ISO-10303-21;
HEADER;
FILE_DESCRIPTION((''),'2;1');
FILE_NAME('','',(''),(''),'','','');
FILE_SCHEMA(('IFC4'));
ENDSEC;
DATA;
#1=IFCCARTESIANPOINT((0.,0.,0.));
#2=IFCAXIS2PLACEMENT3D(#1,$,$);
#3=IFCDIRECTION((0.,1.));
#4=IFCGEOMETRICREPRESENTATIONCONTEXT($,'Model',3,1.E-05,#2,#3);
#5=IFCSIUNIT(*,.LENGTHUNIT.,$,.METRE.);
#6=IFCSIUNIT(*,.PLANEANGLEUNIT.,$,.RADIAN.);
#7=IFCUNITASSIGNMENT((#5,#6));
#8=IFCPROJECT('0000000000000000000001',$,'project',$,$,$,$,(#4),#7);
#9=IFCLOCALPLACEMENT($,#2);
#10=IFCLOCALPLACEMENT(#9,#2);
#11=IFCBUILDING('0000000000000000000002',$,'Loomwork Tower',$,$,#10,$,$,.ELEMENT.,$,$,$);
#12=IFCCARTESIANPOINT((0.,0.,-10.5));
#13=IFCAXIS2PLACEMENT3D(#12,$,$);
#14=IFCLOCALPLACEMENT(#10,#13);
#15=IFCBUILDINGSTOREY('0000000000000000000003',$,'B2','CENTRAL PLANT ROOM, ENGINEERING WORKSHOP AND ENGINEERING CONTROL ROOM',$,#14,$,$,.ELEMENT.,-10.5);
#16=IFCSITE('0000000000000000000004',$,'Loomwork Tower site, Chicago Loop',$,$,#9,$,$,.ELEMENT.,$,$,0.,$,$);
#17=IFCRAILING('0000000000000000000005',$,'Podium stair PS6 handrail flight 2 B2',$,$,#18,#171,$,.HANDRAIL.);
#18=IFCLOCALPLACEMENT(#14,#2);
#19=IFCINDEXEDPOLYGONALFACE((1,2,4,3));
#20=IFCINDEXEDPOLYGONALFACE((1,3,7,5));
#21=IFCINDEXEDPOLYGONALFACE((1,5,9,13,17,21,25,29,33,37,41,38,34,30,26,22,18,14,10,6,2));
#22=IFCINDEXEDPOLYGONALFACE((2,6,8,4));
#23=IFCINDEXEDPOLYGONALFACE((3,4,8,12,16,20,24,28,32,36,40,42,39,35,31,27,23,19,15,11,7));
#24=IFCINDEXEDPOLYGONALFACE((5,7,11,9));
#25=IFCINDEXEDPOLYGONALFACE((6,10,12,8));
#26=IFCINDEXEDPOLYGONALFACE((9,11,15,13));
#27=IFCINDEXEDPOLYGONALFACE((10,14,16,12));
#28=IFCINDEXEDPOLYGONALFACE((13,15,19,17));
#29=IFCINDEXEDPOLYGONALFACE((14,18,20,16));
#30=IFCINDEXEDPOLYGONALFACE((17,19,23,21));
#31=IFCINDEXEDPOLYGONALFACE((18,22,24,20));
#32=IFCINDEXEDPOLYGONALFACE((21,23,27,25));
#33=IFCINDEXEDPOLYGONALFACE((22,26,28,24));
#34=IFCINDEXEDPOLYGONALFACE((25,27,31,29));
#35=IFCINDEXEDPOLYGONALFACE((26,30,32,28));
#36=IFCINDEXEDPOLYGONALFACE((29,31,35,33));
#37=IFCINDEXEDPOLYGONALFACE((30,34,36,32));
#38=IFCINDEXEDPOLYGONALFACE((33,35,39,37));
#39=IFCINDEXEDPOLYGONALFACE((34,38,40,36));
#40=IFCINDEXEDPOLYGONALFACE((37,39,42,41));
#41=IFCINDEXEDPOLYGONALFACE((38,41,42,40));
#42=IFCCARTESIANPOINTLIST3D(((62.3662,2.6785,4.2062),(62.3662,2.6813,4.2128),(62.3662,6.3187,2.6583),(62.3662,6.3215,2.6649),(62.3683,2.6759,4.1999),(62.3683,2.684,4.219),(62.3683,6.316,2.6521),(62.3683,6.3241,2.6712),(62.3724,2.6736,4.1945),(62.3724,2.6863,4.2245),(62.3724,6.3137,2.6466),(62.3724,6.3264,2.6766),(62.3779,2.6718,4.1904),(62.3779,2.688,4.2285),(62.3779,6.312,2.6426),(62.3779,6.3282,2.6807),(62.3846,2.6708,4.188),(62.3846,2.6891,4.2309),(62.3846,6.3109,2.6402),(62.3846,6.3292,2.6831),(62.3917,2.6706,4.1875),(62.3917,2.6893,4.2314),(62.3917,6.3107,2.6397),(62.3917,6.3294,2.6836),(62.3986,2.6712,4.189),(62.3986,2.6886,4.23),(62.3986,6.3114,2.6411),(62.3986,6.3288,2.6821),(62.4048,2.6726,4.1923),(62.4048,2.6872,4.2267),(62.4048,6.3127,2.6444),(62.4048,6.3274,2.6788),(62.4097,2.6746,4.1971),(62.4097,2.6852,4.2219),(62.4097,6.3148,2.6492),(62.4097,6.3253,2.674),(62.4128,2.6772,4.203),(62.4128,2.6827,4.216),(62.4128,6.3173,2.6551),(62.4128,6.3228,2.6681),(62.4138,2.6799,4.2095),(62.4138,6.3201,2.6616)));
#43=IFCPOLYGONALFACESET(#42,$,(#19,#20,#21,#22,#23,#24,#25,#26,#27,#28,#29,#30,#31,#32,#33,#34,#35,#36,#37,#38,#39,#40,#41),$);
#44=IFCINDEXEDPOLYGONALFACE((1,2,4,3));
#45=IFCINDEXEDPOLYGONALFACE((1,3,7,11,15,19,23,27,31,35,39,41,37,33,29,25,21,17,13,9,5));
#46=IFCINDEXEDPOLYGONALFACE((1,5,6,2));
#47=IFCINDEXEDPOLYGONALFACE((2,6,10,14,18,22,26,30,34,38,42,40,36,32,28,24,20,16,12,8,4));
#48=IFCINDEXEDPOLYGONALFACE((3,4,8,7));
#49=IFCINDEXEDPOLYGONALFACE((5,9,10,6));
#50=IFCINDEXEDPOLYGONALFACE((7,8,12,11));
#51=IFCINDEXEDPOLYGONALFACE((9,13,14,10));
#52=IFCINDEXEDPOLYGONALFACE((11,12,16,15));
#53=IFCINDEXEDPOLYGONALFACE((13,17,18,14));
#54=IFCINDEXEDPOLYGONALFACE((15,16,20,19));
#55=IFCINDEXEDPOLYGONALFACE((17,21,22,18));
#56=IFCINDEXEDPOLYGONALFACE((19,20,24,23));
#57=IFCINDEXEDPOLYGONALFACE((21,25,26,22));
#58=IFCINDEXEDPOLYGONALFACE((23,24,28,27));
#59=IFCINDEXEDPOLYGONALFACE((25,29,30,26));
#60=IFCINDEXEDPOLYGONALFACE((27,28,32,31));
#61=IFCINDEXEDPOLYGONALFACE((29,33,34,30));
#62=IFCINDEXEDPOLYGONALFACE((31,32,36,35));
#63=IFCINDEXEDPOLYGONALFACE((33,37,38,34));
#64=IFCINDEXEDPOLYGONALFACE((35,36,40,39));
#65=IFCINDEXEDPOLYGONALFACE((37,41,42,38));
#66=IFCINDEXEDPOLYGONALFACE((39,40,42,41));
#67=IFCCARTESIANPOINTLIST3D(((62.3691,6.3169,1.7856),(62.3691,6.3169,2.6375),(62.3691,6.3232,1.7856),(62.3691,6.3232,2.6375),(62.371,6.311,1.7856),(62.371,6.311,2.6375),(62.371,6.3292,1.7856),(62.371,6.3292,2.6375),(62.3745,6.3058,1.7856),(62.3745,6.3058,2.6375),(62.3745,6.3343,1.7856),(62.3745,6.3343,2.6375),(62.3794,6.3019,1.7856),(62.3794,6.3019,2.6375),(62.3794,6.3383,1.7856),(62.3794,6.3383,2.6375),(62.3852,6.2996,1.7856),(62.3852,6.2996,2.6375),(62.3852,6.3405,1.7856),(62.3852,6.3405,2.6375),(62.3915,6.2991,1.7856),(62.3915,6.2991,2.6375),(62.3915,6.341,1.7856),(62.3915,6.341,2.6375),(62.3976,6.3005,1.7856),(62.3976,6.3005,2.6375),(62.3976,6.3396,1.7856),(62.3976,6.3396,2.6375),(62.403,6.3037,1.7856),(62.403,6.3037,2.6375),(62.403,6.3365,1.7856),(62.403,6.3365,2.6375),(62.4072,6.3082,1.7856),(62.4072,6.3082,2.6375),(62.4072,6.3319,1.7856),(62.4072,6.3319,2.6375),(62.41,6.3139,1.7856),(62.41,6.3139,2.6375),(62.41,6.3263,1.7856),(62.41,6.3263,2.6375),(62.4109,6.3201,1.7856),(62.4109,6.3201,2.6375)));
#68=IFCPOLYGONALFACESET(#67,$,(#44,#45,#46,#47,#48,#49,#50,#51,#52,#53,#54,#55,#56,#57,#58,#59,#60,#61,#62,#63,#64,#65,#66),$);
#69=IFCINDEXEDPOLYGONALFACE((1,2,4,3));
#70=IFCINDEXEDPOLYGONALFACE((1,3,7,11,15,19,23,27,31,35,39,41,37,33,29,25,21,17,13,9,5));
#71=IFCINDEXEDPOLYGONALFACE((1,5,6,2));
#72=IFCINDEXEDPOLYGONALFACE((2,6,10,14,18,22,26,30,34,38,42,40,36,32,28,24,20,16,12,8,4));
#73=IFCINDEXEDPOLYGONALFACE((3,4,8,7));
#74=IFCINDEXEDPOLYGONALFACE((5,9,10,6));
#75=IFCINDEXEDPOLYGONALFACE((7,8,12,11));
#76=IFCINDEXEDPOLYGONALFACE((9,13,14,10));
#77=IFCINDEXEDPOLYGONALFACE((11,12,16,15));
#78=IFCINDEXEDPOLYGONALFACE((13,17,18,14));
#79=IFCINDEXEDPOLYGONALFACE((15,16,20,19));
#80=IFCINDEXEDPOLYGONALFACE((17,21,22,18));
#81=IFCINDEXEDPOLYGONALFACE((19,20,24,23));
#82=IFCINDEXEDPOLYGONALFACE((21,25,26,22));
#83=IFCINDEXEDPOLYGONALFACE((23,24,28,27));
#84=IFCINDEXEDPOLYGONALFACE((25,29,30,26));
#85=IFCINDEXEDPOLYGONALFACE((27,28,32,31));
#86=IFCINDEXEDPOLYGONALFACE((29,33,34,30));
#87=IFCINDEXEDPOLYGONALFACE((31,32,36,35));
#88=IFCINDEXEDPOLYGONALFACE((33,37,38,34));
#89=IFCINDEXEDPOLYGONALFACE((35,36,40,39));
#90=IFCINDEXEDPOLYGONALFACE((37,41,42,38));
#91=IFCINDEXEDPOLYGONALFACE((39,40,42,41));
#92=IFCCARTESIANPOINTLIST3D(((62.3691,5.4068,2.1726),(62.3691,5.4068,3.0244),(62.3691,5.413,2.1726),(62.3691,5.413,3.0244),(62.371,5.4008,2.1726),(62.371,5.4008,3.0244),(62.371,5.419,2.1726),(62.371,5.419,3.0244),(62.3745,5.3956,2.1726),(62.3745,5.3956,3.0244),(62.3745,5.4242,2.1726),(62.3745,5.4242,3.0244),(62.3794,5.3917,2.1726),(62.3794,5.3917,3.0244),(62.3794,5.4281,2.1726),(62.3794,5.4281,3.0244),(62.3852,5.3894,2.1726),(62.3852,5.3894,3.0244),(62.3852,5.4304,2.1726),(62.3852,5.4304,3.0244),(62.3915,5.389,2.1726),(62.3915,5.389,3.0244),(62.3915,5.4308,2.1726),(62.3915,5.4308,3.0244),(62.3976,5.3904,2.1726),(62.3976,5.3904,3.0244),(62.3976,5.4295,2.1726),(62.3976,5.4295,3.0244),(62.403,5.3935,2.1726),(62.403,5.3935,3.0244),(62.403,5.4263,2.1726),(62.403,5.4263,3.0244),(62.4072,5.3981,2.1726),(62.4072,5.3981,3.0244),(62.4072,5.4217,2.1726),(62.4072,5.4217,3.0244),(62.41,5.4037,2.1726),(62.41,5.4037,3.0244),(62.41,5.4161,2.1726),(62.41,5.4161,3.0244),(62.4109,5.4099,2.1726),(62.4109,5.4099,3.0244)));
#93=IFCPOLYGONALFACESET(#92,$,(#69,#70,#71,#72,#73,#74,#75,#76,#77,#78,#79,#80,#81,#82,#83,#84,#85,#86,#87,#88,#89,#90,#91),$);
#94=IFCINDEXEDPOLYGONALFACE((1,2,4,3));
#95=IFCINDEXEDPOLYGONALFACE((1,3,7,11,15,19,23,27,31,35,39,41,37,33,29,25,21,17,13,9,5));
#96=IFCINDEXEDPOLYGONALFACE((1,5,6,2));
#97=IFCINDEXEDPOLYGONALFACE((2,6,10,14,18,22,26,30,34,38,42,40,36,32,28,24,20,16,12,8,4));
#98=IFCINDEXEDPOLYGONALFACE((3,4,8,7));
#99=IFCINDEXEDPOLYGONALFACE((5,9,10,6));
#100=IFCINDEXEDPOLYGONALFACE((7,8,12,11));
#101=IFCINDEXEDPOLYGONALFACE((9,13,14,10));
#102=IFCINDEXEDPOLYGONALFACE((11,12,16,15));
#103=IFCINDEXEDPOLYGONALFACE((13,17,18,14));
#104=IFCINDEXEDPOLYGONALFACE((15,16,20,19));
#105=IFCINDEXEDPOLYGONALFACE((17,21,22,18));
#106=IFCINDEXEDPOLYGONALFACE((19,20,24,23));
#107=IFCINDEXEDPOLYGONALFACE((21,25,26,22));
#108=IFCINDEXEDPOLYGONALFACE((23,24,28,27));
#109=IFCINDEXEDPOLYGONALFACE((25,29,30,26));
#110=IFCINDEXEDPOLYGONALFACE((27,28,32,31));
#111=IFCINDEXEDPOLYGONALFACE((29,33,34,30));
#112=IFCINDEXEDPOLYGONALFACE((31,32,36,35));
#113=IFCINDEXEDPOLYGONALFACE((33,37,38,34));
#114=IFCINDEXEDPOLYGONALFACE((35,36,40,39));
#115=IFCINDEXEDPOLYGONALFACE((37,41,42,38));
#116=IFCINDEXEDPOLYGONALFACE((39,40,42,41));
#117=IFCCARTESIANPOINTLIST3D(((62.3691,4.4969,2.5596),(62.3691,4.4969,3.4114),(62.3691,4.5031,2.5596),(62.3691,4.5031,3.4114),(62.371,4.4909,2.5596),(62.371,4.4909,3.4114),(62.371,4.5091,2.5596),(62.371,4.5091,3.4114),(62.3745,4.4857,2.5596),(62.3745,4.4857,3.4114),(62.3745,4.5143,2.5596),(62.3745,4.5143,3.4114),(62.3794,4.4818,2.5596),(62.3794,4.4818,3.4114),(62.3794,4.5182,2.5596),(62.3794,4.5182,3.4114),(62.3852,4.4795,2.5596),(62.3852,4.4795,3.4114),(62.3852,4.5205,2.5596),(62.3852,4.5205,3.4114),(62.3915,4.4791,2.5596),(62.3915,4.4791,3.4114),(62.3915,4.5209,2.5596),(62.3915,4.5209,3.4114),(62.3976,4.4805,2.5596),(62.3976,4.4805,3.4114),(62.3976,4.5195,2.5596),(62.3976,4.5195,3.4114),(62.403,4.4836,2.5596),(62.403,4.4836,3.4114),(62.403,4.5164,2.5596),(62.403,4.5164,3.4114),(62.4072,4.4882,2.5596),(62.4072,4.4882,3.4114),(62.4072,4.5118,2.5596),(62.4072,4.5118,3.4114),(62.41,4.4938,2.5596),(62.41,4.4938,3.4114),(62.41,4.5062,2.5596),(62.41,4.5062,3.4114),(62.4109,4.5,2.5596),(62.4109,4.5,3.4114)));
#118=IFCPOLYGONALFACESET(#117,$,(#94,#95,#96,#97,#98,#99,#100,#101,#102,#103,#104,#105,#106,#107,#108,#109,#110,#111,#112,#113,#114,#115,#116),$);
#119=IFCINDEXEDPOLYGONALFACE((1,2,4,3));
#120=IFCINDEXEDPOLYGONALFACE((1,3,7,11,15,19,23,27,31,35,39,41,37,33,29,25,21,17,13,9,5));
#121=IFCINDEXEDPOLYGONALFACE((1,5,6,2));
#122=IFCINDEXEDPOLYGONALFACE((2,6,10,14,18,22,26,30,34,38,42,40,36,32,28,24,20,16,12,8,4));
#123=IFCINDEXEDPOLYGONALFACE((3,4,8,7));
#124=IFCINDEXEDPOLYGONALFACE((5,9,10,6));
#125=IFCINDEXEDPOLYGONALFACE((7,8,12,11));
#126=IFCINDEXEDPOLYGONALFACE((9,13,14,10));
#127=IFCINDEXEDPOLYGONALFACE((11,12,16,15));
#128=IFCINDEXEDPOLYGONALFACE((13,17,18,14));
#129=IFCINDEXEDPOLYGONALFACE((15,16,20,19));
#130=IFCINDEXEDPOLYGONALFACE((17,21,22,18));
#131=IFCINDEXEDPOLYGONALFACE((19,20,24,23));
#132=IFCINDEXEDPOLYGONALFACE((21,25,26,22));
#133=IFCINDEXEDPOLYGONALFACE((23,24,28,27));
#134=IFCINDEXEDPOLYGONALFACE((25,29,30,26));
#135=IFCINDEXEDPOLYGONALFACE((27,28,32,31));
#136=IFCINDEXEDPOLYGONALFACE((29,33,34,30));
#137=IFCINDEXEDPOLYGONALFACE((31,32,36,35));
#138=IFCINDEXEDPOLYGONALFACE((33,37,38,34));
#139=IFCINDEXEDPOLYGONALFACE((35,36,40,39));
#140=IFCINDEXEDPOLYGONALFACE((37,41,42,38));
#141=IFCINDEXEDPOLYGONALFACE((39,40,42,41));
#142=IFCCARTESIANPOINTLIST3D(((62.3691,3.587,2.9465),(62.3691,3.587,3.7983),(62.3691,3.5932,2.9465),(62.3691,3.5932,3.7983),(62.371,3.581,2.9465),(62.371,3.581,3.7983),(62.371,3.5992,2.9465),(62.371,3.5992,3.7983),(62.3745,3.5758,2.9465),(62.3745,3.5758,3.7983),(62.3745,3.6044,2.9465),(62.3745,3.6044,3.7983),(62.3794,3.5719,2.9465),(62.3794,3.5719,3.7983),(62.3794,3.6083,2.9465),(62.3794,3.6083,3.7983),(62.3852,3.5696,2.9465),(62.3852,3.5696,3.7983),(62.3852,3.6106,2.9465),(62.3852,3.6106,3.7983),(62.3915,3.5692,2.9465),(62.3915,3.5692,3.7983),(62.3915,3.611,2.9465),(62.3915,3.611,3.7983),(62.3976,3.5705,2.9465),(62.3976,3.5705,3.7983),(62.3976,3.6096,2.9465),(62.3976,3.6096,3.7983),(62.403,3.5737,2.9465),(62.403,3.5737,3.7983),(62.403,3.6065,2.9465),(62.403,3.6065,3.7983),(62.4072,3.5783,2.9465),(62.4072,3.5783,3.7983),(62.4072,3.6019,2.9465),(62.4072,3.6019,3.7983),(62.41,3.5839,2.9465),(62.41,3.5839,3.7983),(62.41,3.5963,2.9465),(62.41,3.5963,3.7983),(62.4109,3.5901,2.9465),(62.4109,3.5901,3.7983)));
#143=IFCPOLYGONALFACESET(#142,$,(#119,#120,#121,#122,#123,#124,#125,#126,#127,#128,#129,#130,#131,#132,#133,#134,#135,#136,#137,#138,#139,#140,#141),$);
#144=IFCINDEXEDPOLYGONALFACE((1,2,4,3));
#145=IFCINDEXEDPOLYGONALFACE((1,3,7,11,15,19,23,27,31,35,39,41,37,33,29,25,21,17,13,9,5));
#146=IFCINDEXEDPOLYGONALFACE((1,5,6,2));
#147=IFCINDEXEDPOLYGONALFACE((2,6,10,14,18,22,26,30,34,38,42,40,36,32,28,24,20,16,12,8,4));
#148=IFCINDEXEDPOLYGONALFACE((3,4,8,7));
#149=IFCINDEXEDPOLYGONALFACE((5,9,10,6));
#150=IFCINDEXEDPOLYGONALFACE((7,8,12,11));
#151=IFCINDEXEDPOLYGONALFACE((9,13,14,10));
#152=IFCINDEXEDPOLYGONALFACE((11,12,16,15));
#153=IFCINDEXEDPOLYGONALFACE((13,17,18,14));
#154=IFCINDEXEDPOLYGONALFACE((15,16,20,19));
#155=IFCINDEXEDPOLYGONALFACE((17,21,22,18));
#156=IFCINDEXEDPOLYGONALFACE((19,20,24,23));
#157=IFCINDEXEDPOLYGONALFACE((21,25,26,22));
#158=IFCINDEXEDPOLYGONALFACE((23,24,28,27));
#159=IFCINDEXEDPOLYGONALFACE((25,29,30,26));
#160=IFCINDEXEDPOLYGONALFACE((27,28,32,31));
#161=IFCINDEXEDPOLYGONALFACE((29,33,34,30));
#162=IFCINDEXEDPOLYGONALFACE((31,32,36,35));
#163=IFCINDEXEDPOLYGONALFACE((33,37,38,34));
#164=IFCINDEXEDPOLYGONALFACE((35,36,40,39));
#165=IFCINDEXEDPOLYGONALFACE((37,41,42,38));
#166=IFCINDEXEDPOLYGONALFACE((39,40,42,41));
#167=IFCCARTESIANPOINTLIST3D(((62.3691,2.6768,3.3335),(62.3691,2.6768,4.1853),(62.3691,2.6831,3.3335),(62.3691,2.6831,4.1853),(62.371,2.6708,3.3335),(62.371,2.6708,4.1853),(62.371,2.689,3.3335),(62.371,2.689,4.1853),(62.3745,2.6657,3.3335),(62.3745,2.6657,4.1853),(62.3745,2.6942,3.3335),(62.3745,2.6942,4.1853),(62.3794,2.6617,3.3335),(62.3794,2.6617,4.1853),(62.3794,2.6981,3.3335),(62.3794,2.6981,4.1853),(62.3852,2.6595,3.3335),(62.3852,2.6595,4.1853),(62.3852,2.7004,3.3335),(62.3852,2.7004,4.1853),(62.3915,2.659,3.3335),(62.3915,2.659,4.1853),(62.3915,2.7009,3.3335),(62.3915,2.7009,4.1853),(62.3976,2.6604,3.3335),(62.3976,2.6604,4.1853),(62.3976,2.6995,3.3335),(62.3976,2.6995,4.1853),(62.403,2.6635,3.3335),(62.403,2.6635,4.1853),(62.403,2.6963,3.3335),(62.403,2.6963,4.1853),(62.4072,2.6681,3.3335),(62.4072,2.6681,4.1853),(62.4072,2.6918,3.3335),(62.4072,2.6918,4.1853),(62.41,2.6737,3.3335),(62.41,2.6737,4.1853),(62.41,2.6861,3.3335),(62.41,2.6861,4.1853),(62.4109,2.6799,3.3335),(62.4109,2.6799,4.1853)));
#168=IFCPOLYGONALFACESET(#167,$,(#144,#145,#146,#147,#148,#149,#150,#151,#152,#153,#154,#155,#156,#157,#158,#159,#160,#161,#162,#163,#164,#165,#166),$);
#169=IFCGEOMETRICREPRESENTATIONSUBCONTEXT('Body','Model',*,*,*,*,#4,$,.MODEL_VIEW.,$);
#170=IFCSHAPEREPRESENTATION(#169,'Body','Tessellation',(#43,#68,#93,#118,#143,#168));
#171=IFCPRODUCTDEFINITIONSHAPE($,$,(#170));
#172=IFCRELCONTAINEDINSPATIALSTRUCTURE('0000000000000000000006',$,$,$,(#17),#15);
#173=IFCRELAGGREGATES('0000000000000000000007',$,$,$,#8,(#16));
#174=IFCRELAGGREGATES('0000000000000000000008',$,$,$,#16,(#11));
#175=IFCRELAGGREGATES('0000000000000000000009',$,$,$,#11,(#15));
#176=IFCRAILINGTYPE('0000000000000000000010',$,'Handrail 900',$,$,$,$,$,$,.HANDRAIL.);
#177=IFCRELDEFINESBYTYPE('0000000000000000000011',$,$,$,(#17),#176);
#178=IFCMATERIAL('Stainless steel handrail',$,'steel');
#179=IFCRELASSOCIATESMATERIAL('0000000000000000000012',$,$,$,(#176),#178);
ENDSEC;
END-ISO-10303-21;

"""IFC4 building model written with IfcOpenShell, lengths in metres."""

from ifc_helpers import new_model, si_unit, direction, frame, origin, origin_2d, place, context, subcontext, project, spatial, circle, extrude, material, type_object, element, save


model = new_model("IFC4")

# Units and contexts
model_context = context("Model", 3, precision=1e-05, world=origin(), true_north=direction((0.0, 1.0)))
body_context = subcontext(model_context, "Body", "Model", "MODEL_VIEW")
ifc_project = project(units=[si_unit("LENGTHUNIT", "METRE"), si_unit("PLANEANGLEUNIT", "RADIAN")], contexts=[model_context])

# Site, building, storey
site_placement = place(None, origin())
site = spatial("IfcSite", under=ifc_project, at=site_placement, Name="Loomwork Tower site, Chicago Loop", CompositionType="ELEMENT", RefElevation=0.0)
building_placement = place(site_placement, origin())
building = spatial("IfcBuilding", under=site, at=building_placement, Name="Loomwork Tower", CompositionType="ELEMENT")
storey_placement = place(building_placement, frame((0.0, 0.0, -10.5)))
storey = spatial("IfcBuildingStorey", under=building, at=storey_placement, Name="B2", Description="CENTRAL PLANT ROOM, ENGINEERING WORKSHOP AND ENGINEERING CONTROL ROOM", CompositionType="ELEMENT", Elevation=-10.5)

# Railing
ifc_material_1 = material(Name="Stainless steel handrail", Category="steel")
railing_type = type_object("IfcRailingType", Name="Handrail 900", PredefinedType="HANDRAIL", material=ifc_material_1)
railing_1_placement = place(storey_placement, frame((62.3899, 6.3201, 1.7856)))
element("IfcRailing", 1, at=railing_1_placement, inside=storey, type_object=railing_type, Name="Podium stair PS6 handrail flight 2 B2", PredefinedType="HANDRAIL", context=body_context, shape_type="SweptSolid", body=[
    extrude(circle(Radius=0.0239, at=origin_2d()), frame((0.0, 0.0, 0.876), z_axis=(0.0, -0.920259, 0.391311), x_axis=(1.0, 0.0, 0.0)), (0.0, 0.0, 1.0), 3.9556),
    extrude(circle(Radius=0.021, at=origin_2d()), origin(), (0.0, 0.0, 1.0), 0.8518),
    extrude(circle(Radius=0.021, at=origin_2d()), frame((0.0, -0.9102, 0.387)), (0.0, 0.0, 1.0), 0.8518),
    extrude(circle(Radius=0.021, at=origin_2d()), frame((0.0, -1.8201, 0.7739)), (0.0, 0.0, 1.0), 0.8518),
    extrude(circle(Radius=0.021, at=origin_2d()), frame((0.0, -2.73, 1.1609)), (0.0, 0.0, 1.0), 0.8518),
    extrude(circle(Radius=0.021, at=origin_2d()), frame((0.0, -3.6401, 1.5479)), (0.0, 0.0, 1.0), 0.8518),
])

save(model, "model.ifc")
